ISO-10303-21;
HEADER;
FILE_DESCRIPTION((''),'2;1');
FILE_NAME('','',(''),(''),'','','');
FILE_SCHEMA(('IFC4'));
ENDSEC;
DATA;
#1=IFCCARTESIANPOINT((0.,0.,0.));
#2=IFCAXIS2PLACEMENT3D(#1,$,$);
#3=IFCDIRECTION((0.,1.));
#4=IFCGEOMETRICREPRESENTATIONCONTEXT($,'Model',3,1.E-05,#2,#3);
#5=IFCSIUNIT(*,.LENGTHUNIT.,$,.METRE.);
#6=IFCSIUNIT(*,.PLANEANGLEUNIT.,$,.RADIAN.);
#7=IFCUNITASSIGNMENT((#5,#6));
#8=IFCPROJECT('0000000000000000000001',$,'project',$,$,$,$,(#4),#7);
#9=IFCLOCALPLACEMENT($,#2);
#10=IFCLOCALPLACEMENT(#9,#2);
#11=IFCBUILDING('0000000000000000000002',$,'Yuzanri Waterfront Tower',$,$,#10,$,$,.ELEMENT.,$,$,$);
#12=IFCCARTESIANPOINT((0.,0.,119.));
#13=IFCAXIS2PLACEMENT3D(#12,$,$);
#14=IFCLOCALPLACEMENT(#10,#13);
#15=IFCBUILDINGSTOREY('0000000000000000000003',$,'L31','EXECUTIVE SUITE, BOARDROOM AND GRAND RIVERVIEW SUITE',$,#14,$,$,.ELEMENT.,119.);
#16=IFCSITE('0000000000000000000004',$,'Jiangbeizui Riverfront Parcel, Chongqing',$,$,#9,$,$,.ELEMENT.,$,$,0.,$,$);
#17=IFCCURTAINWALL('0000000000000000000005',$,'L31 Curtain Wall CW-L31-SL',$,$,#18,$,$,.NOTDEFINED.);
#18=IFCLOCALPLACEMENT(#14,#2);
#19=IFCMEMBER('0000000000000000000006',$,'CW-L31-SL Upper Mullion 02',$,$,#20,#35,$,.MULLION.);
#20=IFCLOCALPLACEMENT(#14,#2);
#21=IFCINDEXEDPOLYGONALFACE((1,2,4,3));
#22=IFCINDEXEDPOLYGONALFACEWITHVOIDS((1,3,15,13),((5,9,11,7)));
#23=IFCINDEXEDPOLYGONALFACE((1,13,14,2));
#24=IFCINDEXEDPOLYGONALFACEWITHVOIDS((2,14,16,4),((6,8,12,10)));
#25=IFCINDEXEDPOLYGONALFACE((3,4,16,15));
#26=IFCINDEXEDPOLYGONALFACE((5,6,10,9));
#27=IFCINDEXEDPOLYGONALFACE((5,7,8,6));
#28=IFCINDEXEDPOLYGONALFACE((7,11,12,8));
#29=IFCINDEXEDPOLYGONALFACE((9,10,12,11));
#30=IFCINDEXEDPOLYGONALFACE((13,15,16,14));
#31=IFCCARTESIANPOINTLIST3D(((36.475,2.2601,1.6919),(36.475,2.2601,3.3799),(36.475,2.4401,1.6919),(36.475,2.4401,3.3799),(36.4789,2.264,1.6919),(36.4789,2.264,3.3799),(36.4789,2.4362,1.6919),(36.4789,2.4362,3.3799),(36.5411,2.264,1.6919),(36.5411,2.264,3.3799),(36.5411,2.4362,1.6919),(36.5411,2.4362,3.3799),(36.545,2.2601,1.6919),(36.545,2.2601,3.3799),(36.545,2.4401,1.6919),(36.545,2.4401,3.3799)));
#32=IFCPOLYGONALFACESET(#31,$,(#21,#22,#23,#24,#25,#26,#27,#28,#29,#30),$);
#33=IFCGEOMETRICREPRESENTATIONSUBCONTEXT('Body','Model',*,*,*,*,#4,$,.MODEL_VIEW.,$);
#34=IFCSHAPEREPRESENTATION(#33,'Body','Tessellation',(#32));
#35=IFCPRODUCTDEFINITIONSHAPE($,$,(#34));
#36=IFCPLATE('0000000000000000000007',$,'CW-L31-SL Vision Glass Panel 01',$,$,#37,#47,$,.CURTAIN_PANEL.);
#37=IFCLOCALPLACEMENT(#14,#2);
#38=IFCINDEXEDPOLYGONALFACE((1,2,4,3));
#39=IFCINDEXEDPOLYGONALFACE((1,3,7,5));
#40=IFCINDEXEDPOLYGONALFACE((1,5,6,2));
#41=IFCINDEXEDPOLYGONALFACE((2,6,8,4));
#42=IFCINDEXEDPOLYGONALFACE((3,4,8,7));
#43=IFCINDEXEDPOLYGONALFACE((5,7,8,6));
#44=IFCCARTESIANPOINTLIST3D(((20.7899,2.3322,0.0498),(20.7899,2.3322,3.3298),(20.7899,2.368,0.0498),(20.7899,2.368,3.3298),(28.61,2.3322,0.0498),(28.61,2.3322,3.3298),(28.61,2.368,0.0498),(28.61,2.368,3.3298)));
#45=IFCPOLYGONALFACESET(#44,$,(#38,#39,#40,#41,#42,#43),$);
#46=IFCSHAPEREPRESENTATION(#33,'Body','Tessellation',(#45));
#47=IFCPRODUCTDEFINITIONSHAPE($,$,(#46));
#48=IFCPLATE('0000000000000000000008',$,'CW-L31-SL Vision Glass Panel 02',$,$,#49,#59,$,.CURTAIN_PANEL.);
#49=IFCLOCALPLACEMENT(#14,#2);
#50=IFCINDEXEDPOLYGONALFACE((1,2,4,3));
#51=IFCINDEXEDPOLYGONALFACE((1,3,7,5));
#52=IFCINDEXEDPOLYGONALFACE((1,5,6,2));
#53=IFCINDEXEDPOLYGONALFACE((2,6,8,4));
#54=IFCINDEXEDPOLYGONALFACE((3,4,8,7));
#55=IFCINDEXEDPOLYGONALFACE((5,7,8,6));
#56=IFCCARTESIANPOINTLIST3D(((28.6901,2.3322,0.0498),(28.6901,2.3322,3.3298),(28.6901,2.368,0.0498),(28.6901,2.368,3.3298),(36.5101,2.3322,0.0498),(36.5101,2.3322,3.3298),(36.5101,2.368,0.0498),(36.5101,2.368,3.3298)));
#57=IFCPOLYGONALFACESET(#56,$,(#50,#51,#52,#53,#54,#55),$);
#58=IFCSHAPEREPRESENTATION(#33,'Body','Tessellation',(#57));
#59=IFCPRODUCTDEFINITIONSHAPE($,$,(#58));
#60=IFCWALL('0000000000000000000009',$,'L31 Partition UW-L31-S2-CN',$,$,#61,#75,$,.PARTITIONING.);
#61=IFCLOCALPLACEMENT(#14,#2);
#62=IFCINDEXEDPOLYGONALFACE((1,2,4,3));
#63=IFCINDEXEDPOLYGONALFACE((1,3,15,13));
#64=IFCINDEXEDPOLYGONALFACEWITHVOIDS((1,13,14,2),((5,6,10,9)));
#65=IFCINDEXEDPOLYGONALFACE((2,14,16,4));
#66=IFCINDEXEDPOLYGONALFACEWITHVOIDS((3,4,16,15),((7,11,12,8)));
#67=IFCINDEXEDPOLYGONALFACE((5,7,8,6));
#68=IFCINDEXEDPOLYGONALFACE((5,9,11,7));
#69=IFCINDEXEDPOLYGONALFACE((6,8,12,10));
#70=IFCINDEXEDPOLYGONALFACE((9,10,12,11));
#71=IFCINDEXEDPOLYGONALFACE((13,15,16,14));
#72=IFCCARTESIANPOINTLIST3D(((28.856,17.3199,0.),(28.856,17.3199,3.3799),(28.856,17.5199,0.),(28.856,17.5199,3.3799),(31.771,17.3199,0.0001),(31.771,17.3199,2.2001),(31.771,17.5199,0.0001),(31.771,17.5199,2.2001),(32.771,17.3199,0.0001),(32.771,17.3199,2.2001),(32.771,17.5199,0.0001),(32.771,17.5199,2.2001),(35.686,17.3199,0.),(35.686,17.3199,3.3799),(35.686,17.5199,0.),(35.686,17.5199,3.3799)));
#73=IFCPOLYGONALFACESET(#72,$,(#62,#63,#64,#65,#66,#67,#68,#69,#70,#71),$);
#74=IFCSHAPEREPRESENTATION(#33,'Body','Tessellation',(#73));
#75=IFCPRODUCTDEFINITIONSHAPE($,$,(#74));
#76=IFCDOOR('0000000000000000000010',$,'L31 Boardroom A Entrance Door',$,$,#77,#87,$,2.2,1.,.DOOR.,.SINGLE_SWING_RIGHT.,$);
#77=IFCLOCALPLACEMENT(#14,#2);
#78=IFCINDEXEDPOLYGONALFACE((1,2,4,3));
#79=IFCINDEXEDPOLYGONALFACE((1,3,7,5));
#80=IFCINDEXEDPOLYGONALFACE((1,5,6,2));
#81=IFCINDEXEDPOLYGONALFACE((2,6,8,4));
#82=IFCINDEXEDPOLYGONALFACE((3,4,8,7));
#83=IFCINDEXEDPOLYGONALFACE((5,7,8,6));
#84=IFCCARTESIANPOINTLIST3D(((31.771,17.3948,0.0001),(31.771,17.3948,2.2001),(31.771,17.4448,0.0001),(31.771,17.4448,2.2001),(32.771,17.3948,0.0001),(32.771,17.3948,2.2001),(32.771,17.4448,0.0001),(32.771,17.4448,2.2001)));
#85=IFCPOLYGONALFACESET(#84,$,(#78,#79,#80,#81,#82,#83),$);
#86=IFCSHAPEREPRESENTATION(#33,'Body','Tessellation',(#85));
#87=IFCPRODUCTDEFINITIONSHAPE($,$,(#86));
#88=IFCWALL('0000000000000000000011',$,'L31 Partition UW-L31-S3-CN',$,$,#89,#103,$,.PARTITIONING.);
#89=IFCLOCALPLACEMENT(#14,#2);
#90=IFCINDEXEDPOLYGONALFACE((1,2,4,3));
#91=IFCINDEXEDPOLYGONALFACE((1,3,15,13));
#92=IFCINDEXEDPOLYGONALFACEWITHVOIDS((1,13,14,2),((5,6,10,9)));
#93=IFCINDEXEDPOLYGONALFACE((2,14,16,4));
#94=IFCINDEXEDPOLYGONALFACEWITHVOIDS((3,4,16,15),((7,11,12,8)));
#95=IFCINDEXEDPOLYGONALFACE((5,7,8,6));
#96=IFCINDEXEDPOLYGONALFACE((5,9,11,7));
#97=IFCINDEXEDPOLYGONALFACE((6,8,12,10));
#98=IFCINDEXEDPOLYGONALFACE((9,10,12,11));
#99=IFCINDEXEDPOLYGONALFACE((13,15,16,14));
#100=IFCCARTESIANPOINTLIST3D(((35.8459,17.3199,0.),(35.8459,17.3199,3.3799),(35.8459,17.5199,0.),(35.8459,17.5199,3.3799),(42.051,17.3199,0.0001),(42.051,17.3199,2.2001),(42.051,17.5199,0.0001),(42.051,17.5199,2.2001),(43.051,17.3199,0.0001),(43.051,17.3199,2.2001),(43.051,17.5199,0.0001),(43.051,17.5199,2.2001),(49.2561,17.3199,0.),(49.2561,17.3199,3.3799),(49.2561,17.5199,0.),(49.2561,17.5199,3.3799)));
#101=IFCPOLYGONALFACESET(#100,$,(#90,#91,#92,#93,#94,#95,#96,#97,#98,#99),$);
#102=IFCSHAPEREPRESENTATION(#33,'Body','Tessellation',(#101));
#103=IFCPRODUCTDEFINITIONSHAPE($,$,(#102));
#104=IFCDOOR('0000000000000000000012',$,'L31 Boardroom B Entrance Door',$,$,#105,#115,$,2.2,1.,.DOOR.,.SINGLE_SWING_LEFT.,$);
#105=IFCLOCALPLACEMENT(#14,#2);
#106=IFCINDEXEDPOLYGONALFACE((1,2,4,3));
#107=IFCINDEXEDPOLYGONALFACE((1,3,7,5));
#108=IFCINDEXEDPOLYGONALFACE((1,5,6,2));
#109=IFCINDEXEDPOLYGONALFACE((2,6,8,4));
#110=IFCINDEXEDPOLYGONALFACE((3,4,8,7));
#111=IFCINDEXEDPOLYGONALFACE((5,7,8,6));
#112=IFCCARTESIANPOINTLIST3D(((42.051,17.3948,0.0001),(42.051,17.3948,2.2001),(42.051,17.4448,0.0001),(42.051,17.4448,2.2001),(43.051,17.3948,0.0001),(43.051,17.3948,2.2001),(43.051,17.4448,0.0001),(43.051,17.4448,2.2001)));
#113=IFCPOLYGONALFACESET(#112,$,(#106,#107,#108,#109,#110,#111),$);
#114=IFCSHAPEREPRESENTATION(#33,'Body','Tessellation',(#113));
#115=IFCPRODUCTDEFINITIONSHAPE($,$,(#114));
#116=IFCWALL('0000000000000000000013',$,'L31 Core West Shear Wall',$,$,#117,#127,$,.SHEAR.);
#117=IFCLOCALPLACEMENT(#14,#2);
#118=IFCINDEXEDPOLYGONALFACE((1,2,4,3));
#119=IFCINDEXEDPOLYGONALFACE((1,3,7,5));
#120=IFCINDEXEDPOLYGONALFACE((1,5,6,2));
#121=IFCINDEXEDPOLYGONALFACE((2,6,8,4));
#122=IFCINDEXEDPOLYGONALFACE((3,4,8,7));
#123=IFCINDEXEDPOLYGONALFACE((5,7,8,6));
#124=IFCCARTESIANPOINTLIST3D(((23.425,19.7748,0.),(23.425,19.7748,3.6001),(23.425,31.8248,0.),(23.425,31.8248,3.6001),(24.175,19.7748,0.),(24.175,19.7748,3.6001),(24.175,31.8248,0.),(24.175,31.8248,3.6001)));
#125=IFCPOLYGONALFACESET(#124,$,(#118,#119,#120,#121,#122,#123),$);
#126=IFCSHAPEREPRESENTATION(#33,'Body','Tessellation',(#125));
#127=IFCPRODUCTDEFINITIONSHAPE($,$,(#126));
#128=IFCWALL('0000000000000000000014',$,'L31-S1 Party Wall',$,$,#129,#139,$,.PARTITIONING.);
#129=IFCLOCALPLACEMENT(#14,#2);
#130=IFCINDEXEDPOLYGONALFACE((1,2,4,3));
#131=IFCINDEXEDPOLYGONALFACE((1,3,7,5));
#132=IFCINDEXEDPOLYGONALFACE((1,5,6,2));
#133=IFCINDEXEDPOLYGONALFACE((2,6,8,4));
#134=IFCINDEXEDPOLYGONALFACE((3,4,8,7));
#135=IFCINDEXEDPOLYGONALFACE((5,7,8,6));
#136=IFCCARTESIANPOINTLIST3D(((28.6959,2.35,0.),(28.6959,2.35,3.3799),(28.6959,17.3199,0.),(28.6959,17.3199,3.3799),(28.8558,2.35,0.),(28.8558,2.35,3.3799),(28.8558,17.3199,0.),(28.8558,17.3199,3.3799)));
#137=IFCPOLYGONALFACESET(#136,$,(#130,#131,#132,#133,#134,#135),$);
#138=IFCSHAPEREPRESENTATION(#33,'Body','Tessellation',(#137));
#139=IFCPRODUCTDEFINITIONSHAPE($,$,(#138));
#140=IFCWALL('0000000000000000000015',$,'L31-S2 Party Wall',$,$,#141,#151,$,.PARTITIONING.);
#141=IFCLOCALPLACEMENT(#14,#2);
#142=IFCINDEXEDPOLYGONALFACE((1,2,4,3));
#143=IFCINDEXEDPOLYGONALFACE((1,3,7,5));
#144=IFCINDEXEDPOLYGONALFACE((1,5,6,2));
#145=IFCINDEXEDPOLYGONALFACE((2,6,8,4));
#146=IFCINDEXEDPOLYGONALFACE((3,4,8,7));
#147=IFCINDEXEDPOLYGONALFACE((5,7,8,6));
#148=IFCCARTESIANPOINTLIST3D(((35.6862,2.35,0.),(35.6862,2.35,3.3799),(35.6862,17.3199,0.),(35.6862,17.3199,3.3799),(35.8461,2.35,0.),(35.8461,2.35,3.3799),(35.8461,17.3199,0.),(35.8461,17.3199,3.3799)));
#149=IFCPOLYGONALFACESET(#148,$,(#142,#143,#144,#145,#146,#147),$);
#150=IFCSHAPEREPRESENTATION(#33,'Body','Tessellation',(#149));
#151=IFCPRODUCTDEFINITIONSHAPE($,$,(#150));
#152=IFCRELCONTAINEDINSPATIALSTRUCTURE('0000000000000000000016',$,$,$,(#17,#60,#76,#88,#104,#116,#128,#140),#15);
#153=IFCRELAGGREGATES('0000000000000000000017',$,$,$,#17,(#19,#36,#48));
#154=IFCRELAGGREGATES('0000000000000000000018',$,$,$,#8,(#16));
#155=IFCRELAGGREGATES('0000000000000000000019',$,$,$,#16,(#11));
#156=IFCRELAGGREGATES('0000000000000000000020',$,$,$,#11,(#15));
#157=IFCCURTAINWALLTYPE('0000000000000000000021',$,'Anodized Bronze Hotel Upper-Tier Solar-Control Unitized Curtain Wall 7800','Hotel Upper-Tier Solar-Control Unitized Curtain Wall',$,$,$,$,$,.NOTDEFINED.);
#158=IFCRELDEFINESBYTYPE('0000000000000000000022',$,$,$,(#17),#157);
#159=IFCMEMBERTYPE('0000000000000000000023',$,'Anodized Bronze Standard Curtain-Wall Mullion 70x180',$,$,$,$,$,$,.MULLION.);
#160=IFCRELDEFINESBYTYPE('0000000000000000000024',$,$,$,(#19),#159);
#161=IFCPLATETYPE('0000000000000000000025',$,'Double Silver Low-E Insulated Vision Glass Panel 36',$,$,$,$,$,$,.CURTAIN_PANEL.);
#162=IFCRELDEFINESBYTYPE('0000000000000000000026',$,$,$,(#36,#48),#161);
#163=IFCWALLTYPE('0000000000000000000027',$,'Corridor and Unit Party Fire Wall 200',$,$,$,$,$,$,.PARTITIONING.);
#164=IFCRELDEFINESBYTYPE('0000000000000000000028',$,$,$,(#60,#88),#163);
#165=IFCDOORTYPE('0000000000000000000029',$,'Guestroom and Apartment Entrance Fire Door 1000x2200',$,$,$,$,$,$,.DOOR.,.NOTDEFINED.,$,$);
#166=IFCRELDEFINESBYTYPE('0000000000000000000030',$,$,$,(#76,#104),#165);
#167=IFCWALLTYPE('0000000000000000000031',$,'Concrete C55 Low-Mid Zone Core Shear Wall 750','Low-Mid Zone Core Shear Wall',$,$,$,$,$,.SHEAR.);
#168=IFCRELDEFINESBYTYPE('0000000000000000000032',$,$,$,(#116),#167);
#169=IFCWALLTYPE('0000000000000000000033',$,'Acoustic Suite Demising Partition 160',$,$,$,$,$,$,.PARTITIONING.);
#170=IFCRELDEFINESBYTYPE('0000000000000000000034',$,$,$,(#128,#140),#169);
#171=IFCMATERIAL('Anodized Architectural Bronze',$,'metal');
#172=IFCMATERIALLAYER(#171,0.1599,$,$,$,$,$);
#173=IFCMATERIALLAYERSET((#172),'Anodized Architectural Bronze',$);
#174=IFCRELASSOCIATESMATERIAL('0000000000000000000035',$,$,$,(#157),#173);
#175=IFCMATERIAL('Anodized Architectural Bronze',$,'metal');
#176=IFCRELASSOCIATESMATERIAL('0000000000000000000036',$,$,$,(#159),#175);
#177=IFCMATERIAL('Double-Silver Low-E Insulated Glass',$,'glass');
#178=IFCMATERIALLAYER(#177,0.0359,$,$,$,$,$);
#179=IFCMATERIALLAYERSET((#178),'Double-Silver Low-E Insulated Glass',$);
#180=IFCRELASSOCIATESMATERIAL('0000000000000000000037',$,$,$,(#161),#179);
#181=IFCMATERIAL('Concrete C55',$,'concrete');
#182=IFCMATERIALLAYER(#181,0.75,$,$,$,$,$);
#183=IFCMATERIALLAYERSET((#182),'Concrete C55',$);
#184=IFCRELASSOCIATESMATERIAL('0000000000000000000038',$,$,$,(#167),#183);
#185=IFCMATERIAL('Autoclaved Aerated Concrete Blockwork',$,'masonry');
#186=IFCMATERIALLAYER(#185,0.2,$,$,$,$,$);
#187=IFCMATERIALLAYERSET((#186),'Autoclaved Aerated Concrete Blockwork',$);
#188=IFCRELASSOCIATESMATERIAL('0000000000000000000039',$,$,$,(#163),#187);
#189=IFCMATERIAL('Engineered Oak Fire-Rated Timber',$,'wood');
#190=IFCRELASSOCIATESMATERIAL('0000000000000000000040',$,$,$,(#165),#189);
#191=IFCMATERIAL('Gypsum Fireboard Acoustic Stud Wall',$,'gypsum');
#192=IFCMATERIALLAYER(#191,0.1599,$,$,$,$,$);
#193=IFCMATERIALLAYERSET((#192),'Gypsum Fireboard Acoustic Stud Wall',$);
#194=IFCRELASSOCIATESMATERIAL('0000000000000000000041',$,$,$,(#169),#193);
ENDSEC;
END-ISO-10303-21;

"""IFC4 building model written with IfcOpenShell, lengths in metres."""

from ifc_helpers import new_model, si_unit, direction, frame, frame_2d, origin, origin_2d, place, context, subcontext, project, spatial, rectangle, hollow_rectangle, extrude, source, transform, mapped, material, layer, layer_set, material_profile, profile_set, type_object, element, fill, aggregate, save


model = new_model("IFC4")

# Units and contexts
model_context = context("Model", 3, precision=1e-05, world=origin(), true_north=direction((0.0, 1.0)))
body_context = subcontext(model_context, "Body", "Model", "MODEL_VIEW")
ifc_project = project(units=[si_unit("LENGTHUNIT", "METRE"), si_unit("PLANEANGLEUNIT", "RADIAN")], contexts=[model_context])

# Site, building, storey
site_placement = place(None, origin())
site = spatial("IfcSite", under=ifc_project, at=site_placement, Name="Jiangbeizui Riverfront Parcel, Chongqing", CompositionType="ELEMENT", RefElevation=0.0)
building_placement = place(site_placement, origin())
building = spatial("IfcBuilding", under=site, at=building_placement, Name="Yuzanri Waterfront Tower", CompositionType="ELEMENT")
storey_placement = place(building_placement, frame((0.0, 0.0, 119.0)))
storey = spatial("IfcBuildingStorey", under=building, at=storey_placement, Name="L31", Description="EXECUTIVE SUITE, BOARDROOM AND GRAND RIVERVIEW SUITE", CompositionType="ELEMENT", Elevation=119.0)

# Curtain wall, member, plates
ifc_material_1 = material(Name="Anodized Architectural Bronze", Category="metal")
ifc_layer_1 = layer(ifc_material_1, 0.1599)
ifc_layer_set_1 = layer_set([ifc_layer_1], Name="Anodized Architectural Bronze")
curtain_wall_type = type_object("IfcCurtainWallType", Name="Anodized Bronze Hotel Upper-Tier Solar-Control Unitized Curtain Wall 7800", Description="Hotel Upper-Tier Solar-Control Unitized Curtain Wall", PredefinedType="NOTDEFINED", material=ifc_layer_set_1)
curtain_wall_placement = place(storey_placement, origin())
curtain_wall = element("IfcCurtainWall", 1, at=curtain_wall_placement, inside=storey, type_object=curtain_wall_type, Name="L31 Curtain Wall CW-L31-SL", PredefinedType="NOTDEFINED")
ifc_material_2 = material(Name="Anodized Architectural Bronze", Category="metal")
ifc_material_profile_1 = material_profile(ifc_material_2, hollow_rectangle(XDim=0.0701, YDim=0.1799, WallThickness=0.0039, at=origin_2d()), Name="CWM 70x180")
ifc_profile_set_1 = profile_set([ifc_material_profile_1], Name="Anodized Architectural Bronze")
member_type = type_object("IfcMemberType", Name="Anodized Bronze Standard Curtain-Wall Mullion 70x180", PredefinedType="MULLION", material=ifc_profile_set_1)
shared_shape_1 = source(origin(), body_context, "Body", "SweptSolid", [
    extrude(hollow_rectangle(XDim=0.0701, YDim=0.1799, WallThickness=0.0039, at=origin_2d()), origin(), (0.0, 0.0, 1.0), 1.688),
])
member_1_placement = place(storey_placement, frame((36.51, 2.3501, 1.6919), z_axis=(0.0, 0.0, 1.0), x_axis=(1.0, 0.0, 0.0)))
member_1 = element("IfcMember", 2, at=member_1_placement, type_object=member_type, Name="CW-L31-SL Upper Mullion 02", PredefinedType="MULLION", context=body_context, shape_type="MappedRepresentation", body=[
    mapped(shared_shape_1, transform((0.0, 0.0, 0.0), scale=1.0)),
])
ifc_material_3 = material(Name="Double-Silver Low-E Insulated Glass", Category="glass")
ifc_layer_2 = layer(ifc_material_3, 0.0359)
ifc_layer_set_2 = layer_set([ifc_layer_2], Name="Double-Silver Low-E Insulated Glass")
plate_type = type_object("IfcPlateType", Name="Double Silver Low-E Insulated Vision Glass Panel 36", PredefinedType="CURTAIN_PANEL", material=ifc_layer_set_2)
shared_shape_2 = source(origin(), body_context, "Body", "SweptSolid", [
    extrude(rectangle(XDim=7.8201, YDim=0.0359, at=origin_2d()), origin(), (0.0, 0.0, 1.0), 3.28),
])
plate_1_placement = place(storey_placement, frame((24.7, 2.3501, 0.0498), z_axis=(0.0, 0.0, 1.0), x_axis=(1.0, 0.0, 0.0)))
plate_1 = element("IfcPlate", 3, at=plate_1_placement, type_object=plate_type, Name="CW-L31-SL Vision Glass Panel 01", PredefinedType="CURTAIN_PANEL", context=body_context, shape_type="MappedRepresentation", body=[
    mapped(shared_shape_2, transform((0.0, 0.0, 0.0), scale=1.0)),
])
plate_2_placement = place(storey_placement, frame((32.6001, 2.3501, 0.0498), z_axis=(0.0, 0.0, 1.0), x_axis=(1.0, 0.0, 0.0)))
plate_2 = element("IfcPlate", 4, at=plate_2_placement, type_object=plate_type, Name="CW-L31-SL Vision Glass Panel 02", PredefinedType="CURTAIN_PANEL", context=body_context, shape_type="MappedRepresentation", body=[
    mapped(shared_shape_2, transform((0.0, 0.0, 0.0), scale=1.0)),
])
aggregate(curtain_wall, [member_1, plate_1, plate_2])

# Shared definitions
ifc_material_4 = material(Name="Concrete C55", Category="concrete")
ifc_layer_3 = layer(ifc_material_4, 0.75)
ifc_layer_set_3 = layer_set([ifc_layer_3], Name="Concrete C55")
wall_type_1 = type_object("IfcWallType", Name="Concrete C55 Low-Mid Zone Core Shear Wall 750", Description="Low-Mid Zone Core Shear Wall", PredefinedType="SHEAR", material=ifc_layer_set_3)

# Walls, openings, doors
ifc_material_5 = material(Name="Autoclaved Aerated Concrete Blockwork", Category="masonry")
ifc_layer_4 = layer(ifc_material_5, 0.2)
ifc_layer_set_4 = layer_set([ifc_layer_4], Name="Autoclaved Aerated Concrete Blockwork")
wall_type_2 = type_object("IfcWallType", Name="Corridor and Unit Party Fire Wall 200", PredefinedType="PARTITIONING", material=ifc_layer_set_4)
wall_1_placement = place(storey_placement, frame((28.856, 17.4199, 0.0), z_axis=(0.0, 0.0, 1.0), x_axis=(1.0, 0.0, 0.0)))
wall_1 = element("IfcWall", 5, at=wall_1_placement, inside=storey, type_object=wall_type_2, Name="L31 Partition UW-L31-S2-CN", PredefinedType="PARTITIONING", context=body_context, shape_type="SweptSolid", body=[
    extrude(rectangle(XDim=6.8301, YDim=0.2, at=frame_2d((3.415, 0.0))), origin(), (0.0, 0.0, 1.0), 3.3799),
])
opening_1_placement = place(wall_1_placement, frame((2.915, 0.0, 0.0)))
opening_1 = element("IfcOpeningElement", 6, at=opening_1_placement, cuts=wall_1, PredefinedType="OPENING", context=body_context, shape_type="SweptSolid", body=[
    extrude(rectangle(XDim=1.0, YDim=2.2, at=frame_2d((0.5, 1.1001))), frame((0.0, 0.1147, 0.0), z_axis=(0.0, -1.0, 0.0), x_axis=(1.0, 0.0, 0.0)), (0.0, 0.0, 1.0), 0.2297),
])
ifc_material_6 = material(Name="Engineered Oak Fire-Rated Timber", Category="wood")
door_type_1 = type_object("IfcDoorType", Name="Guestroom and Apartment Entrance Fire Door 1000x2200", OperationType="NOTDEFINED", PredefinedType="DOOR", material=ifc_material_6)
shared_shape_3 = source(origin(), body_context, "Body", "SweptSolid", [
    extrude(rectangle(XDim=1.0, YDim=2.2, at=frame_2d((0.5, 1.1001))), frame((0.0, 0.0249, 0.0), z_axis=(0.0, -1.0, 0.0), x_axis=(1.0, 0.0, 0.0)), (0.0, 0.0, 1.0), 0.05),
])
door_1_placement = place(opening_1_placement, origin())
door_1 = element("IfcDoor", 7, at=door_1_placement, inside=storey, type_object=door_type_1, Name="L31 Boardroom A Entrance Door", OperationType="SINGLE_SWING_RIGHT", OverallHeight=2.2, OverallWidth=1.0, PredefinedType="DOOR", context=body_context, shape_type="MappedRepresentation", body=[
    mapped(shared_shape_3, transform((0.0, 0.0, 0.0), scale=1.0)),
])
fill(opening_1, door_1)
wall_2_placement = place(storey_placement, frame((35.8459, 17.4199, 0.0), z_axis=(0.0, 0.0, 1.0), x_axis=(1.0, 0.0, 0.0)))
wall_2 = element("IfcWall", 8, at=wall_2_placement, inside=storey, type_object=wall_type_2, Name="L31 Partition UW-L31-S3-CN", PredefinedType="PARTITIONING", context=body_context, shape_type="SweptSolid", body=[
    extrude(rectangle(XDim=13.4102, YDim=0.2, at=frame_2d((6.7051, 0.0))), origin(), (0.0, 0.0, 1.0), 3.3799),
])
opening_2_placement = place(wall_2_placement, frame((6.2051, 0.0, 0.0)))
opening_2 = element("IfcOpeningElement", 9, at=opening_2_placement, cuts=wall_2, PredefinedType="OPENING", context=body_context, shape_type="SweptSolid", body=[
    extrude(rectangle(XDim=1.0, YDim=2.2, at=frame_2d((0.5, 1.1001))), frame((0.0, 0.1147, 0.0), z_axis=(0.0, -1.0, 0.0), x_axis=(1.0, 0.0, 0.0)), (0.0, 0.0, 1.0), 0.2297),
])
door_2_placement = place(opening_2_placement, origin())
door_2 = element("IfcDoor", 10, at=door_2_placement, inside=storey, type_object=door_type_1, Name="L31 Boardroom B Entrance Door", OperationType="SINGLE_SWING_LEFT", OverallHeight=2.2, OverallWidth=1.0, PredefinedType="DOOR", context=body_context, shape_type="MappedRepresentation", body=[
    mapped(shared_shape_3, transform((0.0, 0.0, 0.0), scale=1.0)),
])
fill(opening_2, door_2)

# Walls
shared_shape_4 = source(origin(), body_context, "Body", "SweptSolid", [
    extrude(rectangle(XDim=12.05, YDim=0.75, at=frame_2d((6.0249, 0.0))), origin(), (0.0, 0.0, 1.0), 3.6001),
])
wall_3_placement = place(storey_placement, frame((23.8, 19.7749, 0.0), z_axis=(0.0, 0.0, 1.0), x_axis=(0.0, 1.0, 0.0)))
element("IfcWall", 11, at=wall_3_placement, inside=storey, type_object=wall_type_1, Name="L31 Core West Shear Wall", PredefinedType="SHEAR", context=body_context, shape_type="MappedRepresentation", body=[
    mapped(shared_shape_4, transform((0.0, 0.0, 0.0), scale=1.0)),
])
ifc_material_7 = material(Name="Gypsum Fireboard Acoustic Stud Wall", Category="gypsum")
ifc_layer_5 = layer(ifc_material_7, 0.1599)
ifc_layer_set_5 = layer_set([ifc_layer_5], Name="Gypsum Fireboard Acoustic Stud Wall")
wall_type_3 = type_object("IfcWallType", Name="Acoustic Suite Demising Partition 160", PredefinedType="PARTITIONING", material=ifc_layer_set_5)
shared_shape_5 = source(origin(), body_context, "Body", "SweptSolid", [
    extrude(rectangle(XDim=14.97, YDim=0.1599, at=frame_2d((7.4849, 0.0))), origin(), (0.0, 0.0, 1.0), 3.3799),
])
for number, where, z_axis, x_axis, name in (
    (12, (28.7759, 2.3501, 0.0), (0.0, 0.0, 1.0), (0.0, 1.0, 0.0), "L31-S1 Party Wall"),
    (13, (35.7661, 2.3501, 0.0), (0.0, 0.0, 1.0), (0.0, 1.0, 0.0), "L31-S2 Party Wall"),
):
    element("IfcWall", number, at=place(storey_placement, frame(where, z_axis=z_axis, x_axis=x_axis)), inside=storey, type_object=wall_type_3, Name=name, PredefinedType="PARTITIONING", context=body_context, shape_type="MappedRepresentation", body=[
        mapped(shared_shape_5, transform((0.0, 0.0, 0.0), scale=1.0)),
    ])

save(model, "model.ifc")
